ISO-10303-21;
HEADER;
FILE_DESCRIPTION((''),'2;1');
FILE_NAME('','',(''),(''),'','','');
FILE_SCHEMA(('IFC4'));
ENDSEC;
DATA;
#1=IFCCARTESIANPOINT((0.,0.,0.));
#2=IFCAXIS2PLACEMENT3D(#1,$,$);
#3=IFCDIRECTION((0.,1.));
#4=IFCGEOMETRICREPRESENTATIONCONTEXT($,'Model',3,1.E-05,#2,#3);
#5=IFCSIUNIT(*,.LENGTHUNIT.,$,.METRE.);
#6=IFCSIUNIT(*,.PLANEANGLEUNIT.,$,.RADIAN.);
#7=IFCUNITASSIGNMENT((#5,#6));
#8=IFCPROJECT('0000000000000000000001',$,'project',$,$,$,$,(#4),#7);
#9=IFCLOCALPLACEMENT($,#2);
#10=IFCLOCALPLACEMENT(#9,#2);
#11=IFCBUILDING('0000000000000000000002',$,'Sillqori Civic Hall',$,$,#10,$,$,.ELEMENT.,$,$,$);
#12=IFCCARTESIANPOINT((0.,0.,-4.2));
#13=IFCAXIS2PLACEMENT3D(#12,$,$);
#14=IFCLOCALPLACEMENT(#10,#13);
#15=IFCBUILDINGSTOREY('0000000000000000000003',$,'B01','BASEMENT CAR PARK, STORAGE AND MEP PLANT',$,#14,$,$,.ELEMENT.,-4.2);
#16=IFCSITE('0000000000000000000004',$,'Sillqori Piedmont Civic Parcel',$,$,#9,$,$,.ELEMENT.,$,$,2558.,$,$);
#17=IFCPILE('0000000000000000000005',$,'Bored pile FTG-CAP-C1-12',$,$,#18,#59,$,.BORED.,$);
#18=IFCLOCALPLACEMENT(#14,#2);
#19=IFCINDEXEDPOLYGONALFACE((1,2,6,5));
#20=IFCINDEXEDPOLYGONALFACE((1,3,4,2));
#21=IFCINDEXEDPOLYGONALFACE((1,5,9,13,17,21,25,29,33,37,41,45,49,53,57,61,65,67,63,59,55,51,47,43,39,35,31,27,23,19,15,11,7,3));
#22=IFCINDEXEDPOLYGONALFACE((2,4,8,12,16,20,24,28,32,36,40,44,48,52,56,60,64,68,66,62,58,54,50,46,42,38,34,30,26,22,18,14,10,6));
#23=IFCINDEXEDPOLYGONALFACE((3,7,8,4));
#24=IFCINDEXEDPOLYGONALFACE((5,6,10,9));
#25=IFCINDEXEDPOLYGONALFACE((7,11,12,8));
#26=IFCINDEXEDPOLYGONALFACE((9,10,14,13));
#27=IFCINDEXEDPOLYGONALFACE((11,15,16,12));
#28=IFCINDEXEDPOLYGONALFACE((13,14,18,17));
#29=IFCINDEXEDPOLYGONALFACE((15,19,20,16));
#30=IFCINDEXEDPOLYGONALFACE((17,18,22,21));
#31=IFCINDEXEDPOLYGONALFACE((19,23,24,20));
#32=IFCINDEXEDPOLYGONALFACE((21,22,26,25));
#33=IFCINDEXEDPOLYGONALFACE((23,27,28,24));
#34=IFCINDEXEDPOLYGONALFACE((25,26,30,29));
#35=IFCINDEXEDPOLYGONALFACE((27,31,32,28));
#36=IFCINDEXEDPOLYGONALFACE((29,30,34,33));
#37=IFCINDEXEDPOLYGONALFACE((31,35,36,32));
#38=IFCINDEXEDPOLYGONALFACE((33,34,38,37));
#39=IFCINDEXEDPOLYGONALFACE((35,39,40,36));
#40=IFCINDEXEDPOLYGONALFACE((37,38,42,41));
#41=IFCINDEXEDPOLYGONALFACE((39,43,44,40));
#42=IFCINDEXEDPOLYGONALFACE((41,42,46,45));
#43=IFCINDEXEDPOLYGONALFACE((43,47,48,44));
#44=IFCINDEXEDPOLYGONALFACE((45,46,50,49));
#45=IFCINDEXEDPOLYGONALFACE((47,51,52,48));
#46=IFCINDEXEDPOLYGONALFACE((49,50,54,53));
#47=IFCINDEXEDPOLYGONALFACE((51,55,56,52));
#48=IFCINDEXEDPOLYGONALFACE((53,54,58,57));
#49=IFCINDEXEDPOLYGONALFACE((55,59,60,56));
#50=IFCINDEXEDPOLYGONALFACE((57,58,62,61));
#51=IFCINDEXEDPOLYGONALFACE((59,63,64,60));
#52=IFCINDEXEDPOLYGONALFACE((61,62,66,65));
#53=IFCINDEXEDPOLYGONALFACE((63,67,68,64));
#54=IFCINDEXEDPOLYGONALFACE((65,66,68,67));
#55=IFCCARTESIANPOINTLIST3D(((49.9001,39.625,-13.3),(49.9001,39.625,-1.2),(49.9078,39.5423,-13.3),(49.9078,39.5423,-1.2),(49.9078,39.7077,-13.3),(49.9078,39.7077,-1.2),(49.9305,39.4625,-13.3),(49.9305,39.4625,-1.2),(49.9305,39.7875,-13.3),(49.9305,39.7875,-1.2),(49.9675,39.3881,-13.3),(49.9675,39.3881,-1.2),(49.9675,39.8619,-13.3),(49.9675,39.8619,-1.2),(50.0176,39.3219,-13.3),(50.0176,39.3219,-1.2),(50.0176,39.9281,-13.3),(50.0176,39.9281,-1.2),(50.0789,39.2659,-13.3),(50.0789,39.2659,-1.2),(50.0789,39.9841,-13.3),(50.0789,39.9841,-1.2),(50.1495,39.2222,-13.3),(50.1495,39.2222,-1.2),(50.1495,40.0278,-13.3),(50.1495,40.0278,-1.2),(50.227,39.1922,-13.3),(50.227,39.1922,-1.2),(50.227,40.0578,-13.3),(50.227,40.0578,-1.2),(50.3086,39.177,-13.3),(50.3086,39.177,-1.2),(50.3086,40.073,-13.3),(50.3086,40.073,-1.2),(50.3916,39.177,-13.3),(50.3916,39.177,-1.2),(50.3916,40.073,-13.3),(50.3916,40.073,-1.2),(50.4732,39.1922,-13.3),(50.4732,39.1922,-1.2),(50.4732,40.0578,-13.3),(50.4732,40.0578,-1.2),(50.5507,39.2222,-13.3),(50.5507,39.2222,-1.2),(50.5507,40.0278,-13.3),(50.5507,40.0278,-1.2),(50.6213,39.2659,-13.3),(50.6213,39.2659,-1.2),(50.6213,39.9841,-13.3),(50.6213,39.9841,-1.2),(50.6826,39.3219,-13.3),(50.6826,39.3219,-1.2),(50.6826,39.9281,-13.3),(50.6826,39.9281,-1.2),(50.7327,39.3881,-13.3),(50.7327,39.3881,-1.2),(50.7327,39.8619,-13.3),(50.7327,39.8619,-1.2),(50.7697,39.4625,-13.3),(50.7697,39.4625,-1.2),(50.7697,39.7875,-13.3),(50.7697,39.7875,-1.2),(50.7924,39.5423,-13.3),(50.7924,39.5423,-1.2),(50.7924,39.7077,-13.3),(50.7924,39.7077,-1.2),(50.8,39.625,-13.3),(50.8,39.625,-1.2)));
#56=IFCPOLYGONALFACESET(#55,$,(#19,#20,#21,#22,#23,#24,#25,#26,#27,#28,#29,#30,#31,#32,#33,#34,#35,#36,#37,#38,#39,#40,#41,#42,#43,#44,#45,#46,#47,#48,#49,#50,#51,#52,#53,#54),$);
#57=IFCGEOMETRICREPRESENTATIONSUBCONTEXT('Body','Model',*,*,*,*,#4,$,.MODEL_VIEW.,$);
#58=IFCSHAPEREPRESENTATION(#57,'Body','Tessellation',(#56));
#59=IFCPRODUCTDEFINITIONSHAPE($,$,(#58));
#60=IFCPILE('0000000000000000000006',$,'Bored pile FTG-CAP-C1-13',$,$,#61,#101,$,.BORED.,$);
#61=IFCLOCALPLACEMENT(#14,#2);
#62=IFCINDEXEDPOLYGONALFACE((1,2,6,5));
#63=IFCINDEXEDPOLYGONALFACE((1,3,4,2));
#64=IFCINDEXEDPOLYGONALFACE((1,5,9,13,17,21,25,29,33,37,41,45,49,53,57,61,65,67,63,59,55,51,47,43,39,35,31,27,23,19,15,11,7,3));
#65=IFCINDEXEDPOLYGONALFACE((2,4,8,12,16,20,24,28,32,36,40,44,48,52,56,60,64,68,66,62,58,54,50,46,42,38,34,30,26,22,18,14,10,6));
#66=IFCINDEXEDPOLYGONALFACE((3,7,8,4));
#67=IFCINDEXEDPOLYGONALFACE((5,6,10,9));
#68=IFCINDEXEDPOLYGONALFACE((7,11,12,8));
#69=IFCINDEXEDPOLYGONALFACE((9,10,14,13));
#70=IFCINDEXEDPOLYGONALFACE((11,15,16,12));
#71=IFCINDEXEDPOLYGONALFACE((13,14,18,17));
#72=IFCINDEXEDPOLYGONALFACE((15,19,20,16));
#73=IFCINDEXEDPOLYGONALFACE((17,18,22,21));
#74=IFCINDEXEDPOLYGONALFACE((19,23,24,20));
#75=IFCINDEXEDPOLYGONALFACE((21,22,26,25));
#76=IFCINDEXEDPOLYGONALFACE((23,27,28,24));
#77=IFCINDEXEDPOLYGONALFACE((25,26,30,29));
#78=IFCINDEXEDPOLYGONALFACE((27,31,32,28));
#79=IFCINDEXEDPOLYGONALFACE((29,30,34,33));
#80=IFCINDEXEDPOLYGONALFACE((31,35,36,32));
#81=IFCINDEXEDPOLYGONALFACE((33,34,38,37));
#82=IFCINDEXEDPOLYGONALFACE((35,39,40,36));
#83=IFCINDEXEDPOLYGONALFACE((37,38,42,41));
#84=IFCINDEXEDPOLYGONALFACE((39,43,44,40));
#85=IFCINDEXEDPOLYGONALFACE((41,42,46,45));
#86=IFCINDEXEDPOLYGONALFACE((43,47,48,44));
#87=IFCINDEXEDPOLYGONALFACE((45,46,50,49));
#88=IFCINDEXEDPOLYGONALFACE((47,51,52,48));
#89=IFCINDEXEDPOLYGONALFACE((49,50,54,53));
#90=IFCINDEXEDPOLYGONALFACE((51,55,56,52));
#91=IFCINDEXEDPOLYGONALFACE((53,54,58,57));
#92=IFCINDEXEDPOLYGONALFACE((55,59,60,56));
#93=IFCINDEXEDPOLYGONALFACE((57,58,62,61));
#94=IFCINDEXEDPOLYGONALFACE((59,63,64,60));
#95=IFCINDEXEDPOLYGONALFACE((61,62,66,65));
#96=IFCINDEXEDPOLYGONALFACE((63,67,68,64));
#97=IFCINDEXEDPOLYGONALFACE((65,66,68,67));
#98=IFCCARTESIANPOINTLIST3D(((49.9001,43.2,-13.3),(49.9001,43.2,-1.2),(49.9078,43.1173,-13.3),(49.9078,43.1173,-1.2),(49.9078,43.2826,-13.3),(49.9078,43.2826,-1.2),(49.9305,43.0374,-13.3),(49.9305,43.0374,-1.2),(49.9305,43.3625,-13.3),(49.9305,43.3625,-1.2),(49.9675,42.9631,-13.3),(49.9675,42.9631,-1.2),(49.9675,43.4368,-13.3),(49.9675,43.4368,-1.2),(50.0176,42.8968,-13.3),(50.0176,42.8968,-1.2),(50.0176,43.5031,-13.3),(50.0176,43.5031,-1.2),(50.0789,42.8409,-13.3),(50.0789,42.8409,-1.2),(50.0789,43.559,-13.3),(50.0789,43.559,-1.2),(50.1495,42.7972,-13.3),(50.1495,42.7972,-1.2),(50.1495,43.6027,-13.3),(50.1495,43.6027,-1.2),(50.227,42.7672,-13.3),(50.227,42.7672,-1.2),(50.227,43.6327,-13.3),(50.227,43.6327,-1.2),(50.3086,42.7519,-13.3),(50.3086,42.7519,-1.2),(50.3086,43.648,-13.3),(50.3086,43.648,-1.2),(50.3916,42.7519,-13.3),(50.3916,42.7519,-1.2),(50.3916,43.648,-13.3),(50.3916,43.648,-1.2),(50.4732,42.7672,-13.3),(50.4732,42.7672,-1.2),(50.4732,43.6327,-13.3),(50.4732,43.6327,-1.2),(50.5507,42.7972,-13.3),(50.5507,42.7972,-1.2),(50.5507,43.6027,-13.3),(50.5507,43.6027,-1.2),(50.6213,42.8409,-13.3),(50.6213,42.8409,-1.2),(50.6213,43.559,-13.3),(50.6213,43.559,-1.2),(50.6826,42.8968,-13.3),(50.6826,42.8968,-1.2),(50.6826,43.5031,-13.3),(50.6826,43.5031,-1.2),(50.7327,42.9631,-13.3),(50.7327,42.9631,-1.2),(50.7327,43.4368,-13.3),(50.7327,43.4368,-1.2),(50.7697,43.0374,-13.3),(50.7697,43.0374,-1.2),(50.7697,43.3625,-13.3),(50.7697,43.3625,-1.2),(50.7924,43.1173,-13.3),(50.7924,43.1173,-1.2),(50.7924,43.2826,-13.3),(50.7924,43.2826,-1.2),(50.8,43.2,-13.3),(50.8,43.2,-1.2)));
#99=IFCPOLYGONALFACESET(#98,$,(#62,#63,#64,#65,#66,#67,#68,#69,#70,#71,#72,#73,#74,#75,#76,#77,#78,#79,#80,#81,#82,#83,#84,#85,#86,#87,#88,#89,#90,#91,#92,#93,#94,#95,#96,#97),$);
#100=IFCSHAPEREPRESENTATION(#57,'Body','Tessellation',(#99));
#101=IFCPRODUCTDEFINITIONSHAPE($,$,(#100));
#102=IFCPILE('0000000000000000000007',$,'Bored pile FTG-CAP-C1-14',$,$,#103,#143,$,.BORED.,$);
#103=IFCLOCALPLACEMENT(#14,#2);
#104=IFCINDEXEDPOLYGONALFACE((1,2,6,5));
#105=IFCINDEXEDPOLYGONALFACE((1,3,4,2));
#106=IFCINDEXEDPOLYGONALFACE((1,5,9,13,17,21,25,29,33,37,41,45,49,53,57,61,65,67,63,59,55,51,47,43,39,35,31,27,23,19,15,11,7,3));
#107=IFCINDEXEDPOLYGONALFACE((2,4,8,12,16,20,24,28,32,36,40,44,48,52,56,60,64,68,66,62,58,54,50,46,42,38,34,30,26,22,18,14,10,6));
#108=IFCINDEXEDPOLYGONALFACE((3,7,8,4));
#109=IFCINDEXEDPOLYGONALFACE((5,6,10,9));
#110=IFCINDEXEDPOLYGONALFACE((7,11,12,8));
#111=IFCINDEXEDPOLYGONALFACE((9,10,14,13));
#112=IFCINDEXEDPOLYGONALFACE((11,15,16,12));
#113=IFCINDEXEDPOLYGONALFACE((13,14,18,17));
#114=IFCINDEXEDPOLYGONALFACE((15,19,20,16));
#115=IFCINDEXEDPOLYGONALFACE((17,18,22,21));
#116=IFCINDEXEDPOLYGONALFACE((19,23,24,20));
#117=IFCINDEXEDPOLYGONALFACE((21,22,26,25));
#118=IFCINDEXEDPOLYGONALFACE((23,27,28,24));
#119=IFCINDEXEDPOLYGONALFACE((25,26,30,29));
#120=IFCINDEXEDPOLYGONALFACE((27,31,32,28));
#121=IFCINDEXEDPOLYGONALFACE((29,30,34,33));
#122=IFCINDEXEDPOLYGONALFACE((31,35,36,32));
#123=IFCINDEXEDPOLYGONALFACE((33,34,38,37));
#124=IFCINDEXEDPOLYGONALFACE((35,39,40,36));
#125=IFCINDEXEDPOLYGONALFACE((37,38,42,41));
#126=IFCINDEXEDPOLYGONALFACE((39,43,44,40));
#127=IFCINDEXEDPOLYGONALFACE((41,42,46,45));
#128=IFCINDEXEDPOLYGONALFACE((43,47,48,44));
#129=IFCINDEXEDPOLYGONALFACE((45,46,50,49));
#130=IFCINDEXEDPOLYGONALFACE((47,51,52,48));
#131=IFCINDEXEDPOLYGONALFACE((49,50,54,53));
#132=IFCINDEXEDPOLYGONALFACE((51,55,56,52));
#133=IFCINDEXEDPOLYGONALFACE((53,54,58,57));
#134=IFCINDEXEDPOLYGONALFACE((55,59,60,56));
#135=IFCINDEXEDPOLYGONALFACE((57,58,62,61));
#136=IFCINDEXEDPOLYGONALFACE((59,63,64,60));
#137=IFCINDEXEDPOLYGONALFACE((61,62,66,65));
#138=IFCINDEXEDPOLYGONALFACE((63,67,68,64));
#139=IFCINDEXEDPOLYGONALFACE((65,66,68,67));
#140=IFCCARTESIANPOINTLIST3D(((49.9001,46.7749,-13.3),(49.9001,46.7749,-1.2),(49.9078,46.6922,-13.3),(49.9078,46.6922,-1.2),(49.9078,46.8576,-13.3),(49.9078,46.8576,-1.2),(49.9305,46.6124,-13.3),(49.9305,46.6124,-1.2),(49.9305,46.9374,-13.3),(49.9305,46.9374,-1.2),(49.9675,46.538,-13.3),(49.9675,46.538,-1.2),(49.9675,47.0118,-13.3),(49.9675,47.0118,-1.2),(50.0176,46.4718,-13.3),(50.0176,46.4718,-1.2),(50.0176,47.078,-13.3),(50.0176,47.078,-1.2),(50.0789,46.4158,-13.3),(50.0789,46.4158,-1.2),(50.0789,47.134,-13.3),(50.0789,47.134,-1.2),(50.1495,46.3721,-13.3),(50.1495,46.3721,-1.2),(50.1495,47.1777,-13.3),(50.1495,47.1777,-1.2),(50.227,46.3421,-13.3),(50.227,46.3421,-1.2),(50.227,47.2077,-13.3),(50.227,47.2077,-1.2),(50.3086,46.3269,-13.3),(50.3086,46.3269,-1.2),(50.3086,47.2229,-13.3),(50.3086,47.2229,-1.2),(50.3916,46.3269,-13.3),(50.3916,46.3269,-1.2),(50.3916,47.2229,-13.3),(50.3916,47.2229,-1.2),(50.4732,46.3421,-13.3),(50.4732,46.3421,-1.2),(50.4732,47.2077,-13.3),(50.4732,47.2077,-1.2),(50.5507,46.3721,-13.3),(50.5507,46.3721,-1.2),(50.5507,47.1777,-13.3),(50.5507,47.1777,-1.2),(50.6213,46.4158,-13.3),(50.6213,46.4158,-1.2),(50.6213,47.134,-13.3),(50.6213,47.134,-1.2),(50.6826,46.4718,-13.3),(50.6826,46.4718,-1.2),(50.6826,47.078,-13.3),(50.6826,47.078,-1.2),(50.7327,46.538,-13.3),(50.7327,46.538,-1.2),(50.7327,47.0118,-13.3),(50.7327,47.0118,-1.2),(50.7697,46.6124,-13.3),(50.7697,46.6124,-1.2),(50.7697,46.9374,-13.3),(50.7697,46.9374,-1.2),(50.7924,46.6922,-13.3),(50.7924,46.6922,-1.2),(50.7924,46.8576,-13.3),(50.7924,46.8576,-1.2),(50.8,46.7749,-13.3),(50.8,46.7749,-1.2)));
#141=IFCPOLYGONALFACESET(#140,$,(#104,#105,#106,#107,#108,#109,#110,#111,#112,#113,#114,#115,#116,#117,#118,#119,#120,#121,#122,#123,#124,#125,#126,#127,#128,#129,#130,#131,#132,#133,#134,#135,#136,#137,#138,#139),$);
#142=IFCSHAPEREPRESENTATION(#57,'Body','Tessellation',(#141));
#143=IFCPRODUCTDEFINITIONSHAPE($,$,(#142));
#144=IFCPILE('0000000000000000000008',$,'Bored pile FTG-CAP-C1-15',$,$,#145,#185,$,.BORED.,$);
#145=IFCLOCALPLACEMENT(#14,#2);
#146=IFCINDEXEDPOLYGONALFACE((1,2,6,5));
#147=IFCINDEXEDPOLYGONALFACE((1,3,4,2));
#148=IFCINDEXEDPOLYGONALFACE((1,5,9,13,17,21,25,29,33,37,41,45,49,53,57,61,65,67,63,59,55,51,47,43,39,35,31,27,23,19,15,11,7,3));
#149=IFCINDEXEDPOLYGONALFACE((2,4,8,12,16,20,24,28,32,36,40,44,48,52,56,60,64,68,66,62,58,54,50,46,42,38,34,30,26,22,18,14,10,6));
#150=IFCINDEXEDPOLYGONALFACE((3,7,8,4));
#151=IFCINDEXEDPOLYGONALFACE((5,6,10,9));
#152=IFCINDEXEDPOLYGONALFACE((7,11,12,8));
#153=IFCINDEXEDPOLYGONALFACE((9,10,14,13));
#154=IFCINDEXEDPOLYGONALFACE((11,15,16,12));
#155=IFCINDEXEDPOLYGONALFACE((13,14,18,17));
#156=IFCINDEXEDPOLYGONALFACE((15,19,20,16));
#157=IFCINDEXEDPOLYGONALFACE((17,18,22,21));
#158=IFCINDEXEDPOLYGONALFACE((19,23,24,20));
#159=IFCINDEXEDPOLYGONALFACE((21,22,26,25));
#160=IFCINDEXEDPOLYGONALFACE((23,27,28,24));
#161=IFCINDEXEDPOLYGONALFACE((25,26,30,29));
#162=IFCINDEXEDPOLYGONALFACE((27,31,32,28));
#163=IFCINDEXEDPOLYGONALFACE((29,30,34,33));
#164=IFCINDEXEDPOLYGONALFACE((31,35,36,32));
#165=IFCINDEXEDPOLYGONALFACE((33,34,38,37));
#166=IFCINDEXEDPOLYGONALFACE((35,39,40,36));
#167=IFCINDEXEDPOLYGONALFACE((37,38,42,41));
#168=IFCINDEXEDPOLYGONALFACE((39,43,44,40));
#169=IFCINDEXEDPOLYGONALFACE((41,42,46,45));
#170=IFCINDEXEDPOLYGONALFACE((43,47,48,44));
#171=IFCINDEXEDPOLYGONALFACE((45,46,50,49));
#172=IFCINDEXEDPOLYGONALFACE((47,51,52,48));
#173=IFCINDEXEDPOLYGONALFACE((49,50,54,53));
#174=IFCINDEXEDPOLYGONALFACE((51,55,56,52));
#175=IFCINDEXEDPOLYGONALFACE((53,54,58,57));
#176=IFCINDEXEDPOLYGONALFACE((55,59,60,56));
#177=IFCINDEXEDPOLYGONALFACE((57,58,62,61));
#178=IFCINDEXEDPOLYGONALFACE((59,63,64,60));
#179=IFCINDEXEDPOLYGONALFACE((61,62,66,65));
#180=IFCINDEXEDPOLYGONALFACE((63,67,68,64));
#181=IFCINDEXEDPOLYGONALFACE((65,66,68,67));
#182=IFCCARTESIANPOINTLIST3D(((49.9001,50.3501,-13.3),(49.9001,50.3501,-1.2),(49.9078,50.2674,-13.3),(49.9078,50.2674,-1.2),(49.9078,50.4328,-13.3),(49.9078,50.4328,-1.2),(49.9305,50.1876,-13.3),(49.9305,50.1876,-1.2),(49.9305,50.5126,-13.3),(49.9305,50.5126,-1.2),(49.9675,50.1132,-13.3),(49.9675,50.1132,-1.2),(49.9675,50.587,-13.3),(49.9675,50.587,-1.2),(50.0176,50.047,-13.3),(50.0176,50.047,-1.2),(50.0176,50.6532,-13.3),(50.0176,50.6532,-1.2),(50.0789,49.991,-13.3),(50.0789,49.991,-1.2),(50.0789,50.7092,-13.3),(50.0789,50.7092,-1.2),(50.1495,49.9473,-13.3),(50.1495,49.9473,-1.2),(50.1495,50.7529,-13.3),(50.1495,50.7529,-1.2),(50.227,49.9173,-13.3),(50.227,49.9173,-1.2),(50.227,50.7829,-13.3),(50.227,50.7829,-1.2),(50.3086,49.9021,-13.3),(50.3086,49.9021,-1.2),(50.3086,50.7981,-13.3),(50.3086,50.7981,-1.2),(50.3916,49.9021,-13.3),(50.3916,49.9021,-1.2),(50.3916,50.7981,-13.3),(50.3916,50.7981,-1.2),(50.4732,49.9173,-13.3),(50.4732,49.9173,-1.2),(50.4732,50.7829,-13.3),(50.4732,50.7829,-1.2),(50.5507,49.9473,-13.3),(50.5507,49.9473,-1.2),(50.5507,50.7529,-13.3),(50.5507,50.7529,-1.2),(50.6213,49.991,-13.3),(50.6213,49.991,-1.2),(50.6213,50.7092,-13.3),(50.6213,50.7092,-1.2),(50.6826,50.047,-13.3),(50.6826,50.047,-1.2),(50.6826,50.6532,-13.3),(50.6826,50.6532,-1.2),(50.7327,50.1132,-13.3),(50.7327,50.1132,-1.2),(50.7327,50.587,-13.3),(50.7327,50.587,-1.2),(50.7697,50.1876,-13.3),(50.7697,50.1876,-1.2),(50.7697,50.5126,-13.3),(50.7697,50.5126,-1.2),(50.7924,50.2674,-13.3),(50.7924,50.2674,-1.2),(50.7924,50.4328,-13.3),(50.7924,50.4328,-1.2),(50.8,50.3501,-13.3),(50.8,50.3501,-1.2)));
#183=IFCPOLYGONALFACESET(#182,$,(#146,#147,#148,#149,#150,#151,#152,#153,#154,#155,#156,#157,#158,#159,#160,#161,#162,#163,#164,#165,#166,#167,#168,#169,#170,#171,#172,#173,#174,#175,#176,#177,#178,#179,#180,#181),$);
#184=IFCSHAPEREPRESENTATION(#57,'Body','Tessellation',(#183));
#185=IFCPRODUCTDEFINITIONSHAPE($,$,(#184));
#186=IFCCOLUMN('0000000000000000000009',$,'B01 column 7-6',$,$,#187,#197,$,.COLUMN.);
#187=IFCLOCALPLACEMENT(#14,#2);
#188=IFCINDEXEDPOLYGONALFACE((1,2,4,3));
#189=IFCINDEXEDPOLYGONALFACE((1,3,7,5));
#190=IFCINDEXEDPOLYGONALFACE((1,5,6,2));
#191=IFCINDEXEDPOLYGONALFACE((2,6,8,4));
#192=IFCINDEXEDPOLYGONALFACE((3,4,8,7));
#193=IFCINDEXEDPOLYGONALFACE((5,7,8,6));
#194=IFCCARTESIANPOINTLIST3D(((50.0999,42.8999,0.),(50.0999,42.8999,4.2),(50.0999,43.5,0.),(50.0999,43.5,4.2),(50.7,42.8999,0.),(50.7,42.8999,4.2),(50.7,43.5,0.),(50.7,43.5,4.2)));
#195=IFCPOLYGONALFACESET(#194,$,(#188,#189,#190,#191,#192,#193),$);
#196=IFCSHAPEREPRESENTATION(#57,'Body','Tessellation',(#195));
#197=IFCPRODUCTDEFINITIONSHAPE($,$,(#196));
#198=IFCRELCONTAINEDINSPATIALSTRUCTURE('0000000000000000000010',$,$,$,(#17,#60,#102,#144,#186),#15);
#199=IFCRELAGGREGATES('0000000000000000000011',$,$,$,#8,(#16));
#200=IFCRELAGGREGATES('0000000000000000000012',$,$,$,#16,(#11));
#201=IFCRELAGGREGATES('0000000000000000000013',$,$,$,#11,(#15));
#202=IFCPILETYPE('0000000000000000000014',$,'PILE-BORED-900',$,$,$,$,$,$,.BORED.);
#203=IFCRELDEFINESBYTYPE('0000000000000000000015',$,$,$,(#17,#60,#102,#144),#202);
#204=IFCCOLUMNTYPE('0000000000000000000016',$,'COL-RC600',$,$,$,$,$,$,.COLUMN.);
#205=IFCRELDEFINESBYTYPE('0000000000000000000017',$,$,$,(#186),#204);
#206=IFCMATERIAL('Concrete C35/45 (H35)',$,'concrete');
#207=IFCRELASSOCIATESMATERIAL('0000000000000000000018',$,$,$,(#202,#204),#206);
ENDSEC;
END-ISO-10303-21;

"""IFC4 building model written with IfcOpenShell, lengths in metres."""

from ifc_helpers import new_model, si_unit, direction, frame, origin, origin_2d, place, context, subcontext, project, spatial, rectangle, circle, extrude, material, material_profile, profile_set, type_object, element, save


model = new_model("IFC4")

# Units and contexts
model_context = context("Model", 3, precision=1e-05, world=origin(), true_north=direction((0.0, 1.0)))
body_context = subcontext(model_context, "Body", "Model", "MODEL_VIEW")
ifc_project = project(units=[si_unit("LENGTHUNIT", "METRE"), si_unit("PLANEANGLEUNIT", "RADIAN")], contexts=[model_context])

# Site, building, storey
site_placement = place(None, origin())
site = spatial("IfcSite", under=ifc_project, at=site_placement, Name="Sillqori Piedmont Civic Parcel", CompositionType="ELEMENT", RefElevation=2558.0)
building_placement = place(site_placement, origin())
building = spatial("IfcBuilding", under=site, at=building_placement, Name="Sillqori Civic Hall", CompositionType="ELEMENT")
storey_placement = place(building_placement, frame((0.0, 0.0, -4.2)))
storey = spatial("IfcBuildingStorey", under=building, at=storey_placement, Name="B01", Description="BASEMENT CAR PARK, STORAGE AND MEP PLANT", CompositionType="ELEMENT", Elevation=-4.2)

# Shared definitions
ifc_material_1 = material(Name="Concrete C35/45 (H35)", Category="concrete")

# Piles
ifc_material_profile_1 = material_profile(ifc_material_1, circle(Radius=0.45, at=origin_2d()), Name="BORED PILE 900")
ifc_profile_set_1 = profile_set([ifc_material_profile_1], Name="Concrete C35/45 (H35)")
pile_type = type_object("IfcPileType", Name="PILE-BORED-900", PredefinedType="BORED", material=ifc_profile_set_1)
for number, where, z_axis, x_axis, name in (
    (1, (50.3501, 39.625, -1.2), (0.0, 0.0, -1.0), (1.0, 0.0, 0.0), "Bored pile FTG-CAP-C1-12"),
    (2, (50.3501, 43.2, -1.2), (0.0, 0.0, -1.0), (1.0, 0.0, 0.0), "Bored pile FTG-CAP-C1-13"),
    (3, (50.3501, 46.7749, -1.2), (0.0, 0.0, -1.0), (1.0, 0.0, 0.0), "Bored pile FTG-CAP-C1-14"),
    (4, (50.3501, 50.3501, -1.2), (0.0, 0.0, -1.0), (1.0, 0.0, 0.0), "Bored pile FTG-CAP-C1-15"),
):
    element("IfcPile", number, at=place(storey_placement, frame(where, z_axis=z_axis, x_axis=x_axis)), inside=storey, type_object=pile_type, Name=name, PredefinedType="BORED", context=body_context, shape_type="SweptSolid", body=[
        extrude(circle(Radius=0.45, at=origin_2d()), origin(), (0.0, 0.0, 1.0), 12.1001),
    ])

# Column
ifc_material_profile_2 = material_profile(ifc_material_1, rectangle(XDim=0.6001, YDim=0.6001, at=origin_2d()), Name="RC 600x600")
ifc_profile_set_2 = profile_set([ifc_material_profile_2], Name="Concrete C35/45 (H35)")
column_type = type_object("IfcColumnType", Name="COL-RC600", PredefinedType="COLUMN", material=ifc_profile_set_2)
column_placement = place(storey_placement, frame((50.3999, 43.2, 0.0), z_axis=(0.0, 0.0, 1.0), x_axis=(1.0, 0.0, 0.0)))
element("IfcColumn", 5, at=column_placement, inside=storey, type_object=column_type, Name="B01 column 7-6", PredefinedType="COLUMN", context=body_context, shape_type="SweptSolid", body=[
    extrude(rectangle(XDim=0.6001, YDim=0.6001, at=origin_2d()), origin(), (0.0, 0.0, 1.0), 4.2),
])

save(model, "model.ifc")
